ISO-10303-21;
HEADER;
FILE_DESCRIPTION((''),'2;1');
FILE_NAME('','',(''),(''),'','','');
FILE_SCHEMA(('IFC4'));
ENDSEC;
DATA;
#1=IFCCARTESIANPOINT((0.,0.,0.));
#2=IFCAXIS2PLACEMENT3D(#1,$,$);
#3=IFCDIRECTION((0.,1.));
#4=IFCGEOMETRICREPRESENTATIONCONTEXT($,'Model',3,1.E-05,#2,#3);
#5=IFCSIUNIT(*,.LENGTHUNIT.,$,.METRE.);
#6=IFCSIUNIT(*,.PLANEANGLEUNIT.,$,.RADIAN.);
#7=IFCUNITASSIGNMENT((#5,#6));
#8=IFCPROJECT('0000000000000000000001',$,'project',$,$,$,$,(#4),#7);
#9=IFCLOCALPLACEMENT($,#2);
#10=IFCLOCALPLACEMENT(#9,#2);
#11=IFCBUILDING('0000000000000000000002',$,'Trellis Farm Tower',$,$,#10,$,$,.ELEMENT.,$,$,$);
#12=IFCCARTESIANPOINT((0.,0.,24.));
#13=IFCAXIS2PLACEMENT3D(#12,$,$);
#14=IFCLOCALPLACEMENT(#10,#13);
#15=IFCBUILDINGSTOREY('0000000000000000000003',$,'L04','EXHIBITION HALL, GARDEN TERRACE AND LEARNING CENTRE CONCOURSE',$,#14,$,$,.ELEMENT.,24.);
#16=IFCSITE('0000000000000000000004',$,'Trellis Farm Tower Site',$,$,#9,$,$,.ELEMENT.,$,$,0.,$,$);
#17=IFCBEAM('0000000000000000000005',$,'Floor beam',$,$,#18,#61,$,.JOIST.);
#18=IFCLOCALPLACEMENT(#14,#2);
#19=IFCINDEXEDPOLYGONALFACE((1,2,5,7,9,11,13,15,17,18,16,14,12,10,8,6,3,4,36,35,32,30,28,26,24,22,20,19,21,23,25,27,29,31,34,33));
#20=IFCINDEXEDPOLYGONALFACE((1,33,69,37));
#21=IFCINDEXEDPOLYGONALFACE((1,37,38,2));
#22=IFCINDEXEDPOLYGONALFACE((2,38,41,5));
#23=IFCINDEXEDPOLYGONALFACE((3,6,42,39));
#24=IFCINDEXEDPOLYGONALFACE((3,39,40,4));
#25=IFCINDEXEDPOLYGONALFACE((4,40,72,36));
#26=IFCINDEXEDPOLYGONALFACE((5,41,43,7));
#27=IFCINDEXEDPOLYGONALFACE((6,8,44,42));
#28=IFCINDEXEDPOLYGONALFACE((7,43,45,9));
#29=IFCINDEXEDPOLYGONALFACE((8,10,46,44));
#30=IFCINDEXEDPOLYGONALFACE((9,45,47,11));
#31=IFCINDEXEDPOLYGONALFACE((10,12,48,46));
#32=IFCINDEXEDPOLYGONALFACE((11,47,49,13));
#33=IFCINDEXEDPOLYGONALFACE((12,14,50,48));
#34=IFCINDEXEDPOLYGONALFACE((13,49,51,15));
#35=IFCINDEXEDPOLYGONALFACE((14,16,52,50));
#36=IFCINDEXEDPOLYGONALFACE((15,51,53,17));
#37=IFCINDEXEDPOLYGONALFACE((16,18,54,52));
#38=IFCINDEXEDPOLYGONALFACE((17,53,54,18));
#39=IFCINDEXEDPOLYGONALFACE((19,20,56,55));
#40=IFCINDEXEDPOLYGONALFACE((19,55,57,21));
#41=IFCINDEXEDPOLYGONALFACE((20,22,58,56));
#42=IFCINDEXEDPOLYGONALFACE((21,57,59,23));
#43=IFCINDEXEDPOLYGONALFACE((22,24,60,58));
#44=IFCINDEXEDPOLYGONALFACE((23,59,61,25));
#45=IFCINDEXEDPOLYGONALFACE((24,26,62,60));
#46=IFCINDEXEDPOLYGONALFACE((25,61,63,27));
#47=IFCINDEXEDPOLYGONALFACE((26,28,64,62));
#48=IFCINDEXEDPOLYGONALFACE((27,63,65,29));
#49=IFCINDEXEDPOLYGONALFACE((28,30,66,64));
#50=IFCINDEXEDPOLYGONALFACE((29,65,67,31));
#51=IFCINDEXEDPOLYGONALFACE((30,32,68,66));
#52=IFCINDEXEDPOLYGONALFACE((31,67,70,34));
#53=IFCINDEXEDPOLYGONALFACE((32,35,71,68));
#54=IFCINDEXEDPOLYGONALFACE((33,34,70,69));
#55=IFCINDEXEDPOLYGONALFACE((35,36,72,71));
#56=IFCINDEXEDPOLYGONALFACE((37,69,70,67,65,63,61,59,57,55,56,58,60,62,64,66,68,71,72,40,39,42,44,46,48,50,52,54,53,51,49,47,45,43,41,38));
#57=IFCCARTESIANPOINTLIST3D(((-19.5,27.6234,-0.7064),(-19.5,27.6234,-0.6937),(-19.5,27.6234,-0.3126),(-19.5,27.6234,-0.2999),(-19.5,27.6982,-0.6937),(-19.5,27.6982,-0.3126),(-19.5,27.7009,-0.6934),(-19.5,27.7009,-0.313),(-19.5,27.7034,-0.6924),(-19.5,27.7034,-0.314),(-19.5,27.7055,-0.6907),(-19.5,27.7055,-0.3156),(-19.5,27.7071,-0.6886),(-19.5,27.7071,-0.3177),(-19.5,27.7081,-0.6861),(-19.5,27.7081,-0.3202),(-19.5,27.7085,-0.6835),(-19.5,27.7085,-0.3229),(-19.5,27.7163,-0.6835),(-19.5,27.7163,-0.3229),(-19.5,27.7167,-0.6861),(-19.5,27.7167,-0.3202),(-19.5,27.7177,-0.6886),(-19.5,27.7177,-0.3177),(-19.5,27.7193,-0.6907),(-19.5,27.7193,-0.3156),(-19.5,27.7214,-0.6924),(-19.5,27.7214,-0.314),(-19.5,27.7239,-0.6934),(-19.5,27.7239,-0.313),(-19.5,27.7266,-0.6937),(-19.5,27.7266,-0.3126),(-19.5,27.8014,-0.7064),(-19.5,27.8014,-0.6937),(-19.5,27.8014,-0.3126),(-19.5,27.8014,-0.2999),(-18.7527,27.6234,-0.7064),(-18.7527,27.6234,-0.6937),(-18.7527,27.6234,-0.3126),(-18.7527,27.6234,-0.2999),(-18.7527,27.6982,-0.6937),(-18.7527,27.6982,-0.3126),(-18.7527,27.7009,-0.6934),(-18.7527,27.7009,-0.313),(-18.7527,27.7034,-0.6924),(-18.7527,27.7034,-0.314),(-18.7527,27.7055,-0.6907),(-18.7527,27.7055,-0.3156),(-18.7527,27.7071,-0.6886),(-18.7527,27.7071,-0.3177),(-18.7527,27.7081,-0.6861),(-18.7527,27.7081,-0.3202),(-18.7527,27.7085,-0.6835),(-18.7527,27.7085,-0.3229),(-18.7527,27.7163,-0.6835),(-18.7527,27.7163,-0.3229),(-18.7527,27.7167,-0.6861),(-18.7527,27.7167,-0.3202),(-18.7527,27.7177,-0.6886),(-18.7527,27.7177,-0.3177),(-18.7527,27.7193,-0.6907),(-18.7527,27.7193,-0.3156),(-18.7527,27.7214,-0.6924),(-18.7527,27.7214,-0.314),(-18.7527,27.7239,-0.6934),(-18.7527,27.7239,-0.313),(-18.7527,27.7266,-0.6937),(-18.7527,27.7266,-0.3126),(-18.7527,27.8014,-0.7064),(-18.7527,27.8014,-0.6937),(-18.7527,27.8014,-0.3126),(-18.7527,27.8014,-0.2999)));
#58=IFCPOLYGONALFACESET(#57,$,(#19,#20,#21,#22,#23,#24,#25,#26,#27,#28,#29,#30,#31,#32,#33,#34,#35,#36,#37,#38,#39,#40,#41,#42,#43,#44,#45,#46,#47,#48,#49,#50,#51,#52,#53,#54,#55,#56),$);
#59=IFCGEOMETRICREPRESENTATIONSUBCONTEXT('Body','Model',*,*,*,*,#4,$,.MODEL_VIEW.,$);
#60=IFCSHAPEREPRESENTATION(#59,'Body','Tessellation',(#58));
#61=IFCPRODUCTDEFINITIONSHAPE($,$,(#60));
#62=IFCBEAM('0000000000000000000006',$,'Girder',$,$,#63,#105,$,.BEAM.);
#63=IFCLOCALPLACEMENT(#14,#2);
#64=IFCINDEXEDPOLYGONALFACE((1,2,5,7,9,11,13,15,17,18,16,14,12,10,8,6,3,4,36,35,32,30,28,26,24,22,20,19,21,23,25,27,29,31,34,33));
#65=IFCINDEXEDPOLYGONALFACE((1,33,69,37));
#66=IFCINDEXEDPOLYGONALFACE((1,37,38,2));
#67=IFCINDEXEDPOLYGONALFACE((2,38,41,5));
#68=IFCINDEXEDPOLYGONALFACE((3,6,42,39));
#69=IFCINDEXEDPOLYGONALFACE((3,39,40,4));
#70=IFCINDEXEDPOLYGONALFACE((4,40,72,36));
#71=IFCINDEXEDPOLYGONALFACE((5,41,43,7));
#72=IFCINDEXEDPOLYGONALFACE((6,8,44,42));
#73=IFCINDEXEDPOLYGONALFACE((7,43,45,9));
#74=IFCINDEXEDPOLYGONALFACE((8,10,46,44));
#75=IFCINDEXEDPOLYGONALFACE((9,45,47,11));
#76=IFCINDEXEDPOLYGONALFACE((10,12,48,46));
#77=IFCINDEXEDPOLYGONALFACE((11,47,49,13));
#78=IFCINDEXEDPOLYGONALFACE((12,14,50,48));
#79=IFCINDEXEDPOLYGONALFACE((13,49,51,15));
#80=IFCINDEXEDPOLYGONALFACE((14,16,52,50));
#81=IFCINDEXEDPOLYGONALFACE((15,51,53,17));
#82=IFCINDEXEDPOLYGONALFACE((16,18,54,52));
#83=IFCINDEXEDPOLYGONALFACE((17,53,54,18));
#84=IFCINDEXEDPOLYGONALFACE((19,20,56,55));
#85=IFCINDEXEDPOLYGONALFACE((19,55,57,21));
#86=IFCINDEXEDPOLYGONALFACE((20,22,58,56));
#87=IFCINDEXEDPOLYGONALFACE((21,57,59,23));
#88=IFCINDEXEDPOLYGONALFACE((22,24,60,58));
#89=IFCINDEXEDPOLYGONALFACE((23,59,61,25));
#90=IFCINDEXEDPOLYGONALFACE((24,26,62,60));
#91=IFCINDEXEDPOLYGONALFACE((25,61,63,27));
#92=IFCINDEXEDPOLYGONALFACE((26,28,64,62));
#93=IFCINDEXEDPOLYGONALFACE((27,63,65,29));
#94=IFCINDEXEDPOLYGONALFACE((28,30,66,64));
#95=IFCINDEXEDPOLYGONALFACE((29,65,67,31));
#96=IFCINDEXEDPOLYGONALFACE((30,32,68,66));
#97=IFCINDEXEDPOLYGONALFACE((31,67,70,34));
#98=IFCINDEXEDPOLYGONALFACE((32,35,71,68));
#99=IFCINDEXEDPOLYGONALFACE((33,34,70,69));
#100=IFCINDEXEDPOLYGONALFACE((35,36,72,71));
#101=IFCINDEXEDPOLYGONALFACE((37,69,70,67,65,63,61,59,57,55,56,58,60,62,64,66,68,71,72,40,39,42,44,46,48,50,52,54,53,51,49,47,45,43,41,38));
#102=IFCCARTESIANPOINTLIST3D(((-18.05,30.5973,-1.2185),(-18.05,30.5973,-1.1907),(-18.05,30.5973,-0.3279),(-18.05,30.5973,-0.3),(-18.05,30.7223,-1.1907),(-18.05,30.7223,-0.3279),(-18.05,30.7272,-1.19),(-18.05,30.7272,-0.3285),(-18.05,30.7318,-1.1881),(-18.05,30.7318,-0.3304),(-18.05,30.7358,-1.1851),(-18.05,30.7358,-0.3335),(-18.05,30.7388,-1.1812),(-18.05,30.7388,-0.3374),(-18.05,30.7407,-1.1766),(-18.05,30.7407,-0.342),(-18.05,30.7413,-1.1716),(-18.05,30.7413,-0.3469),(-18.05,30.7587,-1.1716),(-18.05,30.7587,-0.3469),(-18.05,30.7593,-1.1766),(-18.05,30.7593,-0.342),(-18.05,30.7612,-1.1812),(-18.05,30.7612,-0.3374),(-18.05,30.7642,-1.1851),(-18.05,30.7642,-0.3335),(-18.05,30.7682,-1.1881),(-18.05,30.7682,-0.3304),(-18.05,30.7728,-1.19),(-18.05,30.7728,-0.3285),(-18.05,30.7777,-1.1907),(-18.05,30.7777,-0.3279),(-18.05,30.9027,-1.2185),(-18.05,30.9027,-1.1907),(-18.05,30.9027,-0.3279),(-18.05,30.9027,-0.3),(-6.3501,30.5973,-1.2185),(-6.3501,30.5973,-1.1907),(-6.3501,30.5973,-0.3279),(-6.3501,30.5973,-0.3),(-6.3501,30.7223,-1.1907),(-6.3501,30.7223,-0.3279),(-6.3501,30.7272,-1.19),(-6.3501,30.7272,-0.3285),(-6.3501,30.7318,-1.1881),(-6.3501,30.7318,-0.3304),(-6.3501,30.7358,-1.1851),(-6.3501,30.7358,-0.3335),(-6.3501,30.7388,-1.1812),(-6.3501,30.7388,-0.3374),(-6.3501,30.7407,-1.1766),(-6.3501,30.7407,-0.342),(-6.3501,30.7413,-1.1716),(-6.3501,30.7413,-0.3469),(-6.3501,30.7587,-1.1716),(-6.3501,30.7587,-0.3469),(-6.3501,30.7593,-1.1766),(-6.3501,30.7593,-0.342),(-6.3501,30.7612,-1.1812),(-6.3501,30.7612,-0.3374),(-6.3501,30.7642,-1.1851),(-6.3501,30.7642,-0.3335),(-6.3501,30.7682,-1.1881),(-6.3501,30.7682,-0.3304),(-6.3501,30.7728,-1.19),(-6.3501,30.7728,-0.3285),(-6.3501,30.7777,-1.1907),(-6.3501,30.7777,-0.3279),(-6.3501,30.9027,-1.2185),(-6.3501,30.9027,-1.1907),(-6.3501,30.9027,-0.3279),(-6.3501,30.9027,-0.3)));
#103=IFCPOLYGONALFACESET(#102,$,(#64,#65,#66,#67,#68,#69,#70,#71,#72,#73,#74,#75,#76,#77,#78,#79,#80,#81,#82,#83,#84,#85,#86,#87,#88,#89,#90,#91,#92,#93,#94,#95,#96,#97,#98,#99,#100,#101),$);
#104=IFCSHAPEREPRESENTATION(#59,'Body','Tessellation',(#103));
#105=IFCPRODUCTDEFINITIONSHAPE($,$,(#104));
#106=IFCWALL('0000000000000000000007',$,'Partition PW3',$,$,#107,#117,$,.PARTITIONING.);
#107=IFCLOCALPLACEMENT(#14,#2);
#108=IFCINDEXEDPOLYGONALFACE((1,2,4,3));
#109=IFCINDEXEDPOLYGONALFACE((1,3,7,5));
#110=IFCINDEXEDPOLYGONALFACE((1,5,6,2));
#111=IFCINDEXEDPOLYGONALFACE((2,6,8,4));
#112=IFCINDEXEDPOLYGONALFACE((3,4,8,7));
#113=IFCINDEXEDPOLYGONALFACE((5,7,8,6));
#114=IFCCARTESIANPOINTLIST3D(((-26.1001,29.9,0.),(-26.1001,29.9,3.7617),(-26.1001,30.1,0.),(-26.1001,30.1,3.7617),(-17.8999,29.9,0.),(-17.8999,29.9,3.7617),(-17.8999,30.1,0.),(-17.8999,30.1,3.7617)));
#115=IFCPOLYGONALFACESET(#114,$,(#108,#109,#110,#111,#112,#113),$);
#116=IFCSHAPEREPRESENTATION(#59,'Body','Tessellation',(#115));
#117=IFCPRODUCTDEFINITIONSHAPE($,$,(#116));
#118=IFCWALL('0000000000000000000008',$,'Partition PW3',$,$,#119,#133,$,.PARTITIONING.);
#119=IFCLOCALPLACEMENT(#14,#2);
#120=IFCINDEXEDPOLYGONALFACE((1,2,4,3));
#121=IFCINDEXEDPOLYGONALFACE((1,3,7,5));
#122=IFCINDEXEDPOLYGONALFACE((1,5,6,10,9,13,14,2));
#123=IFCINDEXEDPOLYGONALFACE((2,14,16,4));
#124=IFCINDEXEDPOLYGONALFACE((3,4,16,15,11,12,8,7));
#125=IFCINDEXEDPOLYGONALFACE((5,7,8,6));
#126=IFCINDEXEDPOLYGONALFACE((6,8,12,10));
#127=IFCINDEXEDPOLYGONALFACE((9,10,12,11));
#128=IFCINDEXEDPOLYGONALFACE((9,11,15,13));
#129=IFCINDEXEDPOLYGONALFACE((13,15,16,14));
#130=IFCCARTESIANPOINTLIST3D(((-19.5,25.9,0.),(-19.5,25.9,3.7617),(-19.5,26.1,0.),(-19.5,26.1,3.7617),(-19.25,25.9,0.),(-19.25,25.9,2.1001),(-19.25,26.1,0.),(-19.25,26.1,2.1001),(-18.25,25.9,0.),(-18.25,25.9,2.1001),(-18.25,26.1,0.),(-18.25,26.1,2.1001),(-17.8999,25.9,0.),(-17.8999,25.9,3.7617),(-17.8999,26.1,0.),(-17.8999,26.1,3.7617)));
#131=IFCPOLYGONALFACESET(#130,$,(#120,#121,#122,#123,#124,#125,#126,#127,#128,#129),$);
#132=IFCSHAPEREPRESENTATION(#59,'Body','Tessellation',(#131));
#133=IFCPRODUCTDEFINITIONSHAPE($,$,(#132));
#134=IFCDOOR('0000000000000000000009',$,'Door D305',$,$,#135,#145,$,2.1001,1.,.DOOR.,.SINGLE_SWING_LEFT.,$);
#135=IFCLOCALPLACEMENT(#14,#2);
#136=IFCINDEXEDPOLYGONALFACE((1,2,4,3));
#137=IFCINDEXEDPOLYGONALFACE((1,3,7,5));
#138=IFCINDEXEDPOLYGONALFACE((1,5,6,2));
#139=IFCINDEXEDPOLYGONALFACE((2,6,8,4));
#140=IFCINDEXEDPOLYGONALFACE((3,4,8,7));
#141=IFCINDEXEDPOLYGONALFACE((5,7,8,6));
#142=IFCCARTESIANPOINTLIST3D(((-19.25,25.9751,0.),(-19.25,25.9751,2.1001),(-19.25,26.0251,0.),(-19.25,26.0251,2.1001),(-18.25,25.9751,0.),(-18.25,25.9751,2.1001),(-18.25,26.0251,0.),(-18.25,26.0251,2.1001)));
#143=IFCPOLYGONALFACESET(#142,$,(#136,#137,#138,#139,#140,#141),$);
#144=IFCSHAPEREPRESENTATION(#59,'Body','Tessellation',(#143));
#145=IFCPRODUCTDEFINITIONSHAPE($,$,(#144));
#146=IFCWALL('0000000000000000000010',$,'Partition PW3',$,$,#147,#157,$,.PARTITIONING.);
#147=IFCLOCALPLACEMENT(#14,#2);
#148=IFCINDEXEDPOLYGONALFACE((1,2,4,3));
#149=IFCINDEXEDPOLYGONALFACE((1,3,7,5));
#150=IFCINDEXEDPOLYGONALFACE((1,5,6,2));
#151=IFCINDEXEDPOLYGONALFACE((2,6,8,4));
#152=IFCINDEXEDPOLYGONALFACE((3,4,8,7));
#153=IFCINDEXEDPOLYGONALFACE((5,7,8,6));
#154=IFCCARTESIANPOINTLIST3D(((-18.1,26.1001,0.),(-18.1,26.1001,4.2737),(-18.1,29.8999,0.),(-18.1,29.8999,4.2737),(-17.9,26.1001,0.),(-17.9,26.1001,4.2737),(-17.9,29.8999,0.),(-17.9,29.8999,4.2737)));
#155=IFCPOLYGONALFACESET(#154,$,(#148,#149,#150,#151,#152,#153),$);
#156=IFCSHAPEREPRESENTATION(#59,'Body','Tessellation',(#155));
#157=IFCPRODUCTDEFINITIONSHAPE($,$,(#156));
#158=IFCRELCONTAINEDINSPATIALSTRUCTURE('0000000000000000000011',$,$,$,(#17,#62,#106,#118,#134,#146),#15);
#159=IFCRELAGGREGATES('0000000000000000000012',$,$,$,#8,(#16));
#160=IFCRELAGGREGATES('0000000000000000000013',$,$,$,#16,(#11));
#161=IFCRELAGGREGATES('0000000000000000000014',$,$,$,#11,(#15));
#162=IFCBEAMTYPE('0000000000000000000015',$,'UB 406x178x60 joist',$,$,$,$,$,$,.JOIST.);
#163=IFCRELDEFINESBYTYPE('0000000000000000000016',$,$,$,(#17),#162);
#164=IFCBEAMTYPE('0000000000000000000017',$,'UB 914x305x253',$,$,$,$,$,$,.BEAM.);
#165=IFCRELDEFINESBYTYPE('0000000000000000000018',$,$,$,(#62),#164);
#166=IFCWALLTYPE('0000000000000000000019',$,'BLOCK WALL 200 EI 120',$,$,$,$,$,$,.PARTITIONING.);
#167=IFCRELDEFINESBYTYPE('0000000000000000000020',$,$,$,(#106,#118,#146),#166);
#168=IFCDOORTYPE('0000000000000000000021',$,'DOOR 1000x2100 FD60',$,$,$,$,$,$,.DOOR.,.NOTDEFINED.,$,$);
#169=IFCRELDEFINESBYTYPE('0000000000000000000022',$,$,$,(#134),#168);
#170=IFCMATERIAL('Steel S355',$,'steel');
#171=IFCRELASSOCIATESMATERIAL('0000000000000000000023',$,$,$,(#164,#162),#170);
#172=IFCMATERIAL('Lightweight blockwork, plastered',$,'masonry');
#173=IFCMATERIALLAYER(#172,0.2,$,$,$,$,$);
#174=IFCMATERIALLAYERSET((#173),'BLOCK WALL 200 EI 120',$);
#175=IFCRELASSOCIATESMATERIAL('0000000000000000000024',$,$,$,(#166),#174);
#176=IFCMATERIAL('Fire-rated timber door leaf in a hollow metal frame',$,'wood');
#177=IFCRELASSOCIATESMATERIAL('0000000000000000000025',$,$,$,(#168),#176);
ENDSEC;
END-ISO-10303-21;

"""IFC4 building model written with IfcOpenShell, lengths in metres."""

from ifc_helpers import new_model, si_unit, direction, frame, frame_2d, origin, origin_2d, place, context, subcontext, project, spatial, rectangle, i_section, extrude, source, transform, mapped, material, layer, layer_set, material_profile, profile_set, type_object, element, fill, save


model = new_model("IFC4")

# Units and contexts
model_context = context("Model", 3, precision=1e-05, world=origin(), true_north=direction((0.0, 1.0)))
body_context = subcontext(model_context, "Body", "Model", "MODEL_VIEW")
ifc_project = project(units=[si_unit("LENGTHUNIT", "METRE"), si_unit("PLANEANGLEUNIT", "RADIAN")], contexts=[model_context])

# Site, building, storey
site_placement = place(None, origin())
site = spatial("IfcSite", under=ifc_project, at=site_placement, Name="Trellis Farm Tower Site", CompositionType="ELEMENT", RefElevation=0.0)
building_placement = place(site_placement, origin())
building = spatial("IfcBuilding", under=site, at=building_placement, Name="Trellis Farm Tower", CompositionType="ELEMENT")
storey_placement = place(building_placement, frame((0.0, 0.0, 24.0)))
storey = spatial("IfcBuildingStorey", under=building, at=storey_placement, Name="L04", Description="EXHIBITION HALL, GARDEN TERRACE AND LEARNING CENTRE CONCOURSE", CompositionType="ELEMENT", Elevation=24.0)

# Beams
ifc_material_1 = material(Name="Steel S355", Category="steel")
ifc_material_profile_1 = material_profile(ifc_material_1, i_section(OverallWidth=0.3054, OverallDepth=0.9185, WebThickness=0.0173, FlangeThickness=0.0278, FilletRadius=0.019, at=origin_2d()), Name="UB 914x305x253")
ifc_profile_set_1 = profile_set([ifc_material_profile_1], Name="Steel S355")
beam_type_1 = type_object("IfcBeamType", Name="UB 914x305x253", PredefinedType="BEAM", material=ifc_profile_set_1)
ifc_material_profile_2 = material_profile(ifc_material_1, i_section(OverallWidth=0.178, OverallDepth=0.4065, WebThickness=0.0078, FlangeThickness=0.0127, FilletRadius=0.0103, at=origin_2d()), Name="UB 406x178x60")
ifc_profile_set_2 = profile_set([ifc_material_profile_2], Name="Steel S355")
beam_type_2 = type_object("IfcBeamType", Name="UB 406x178x60 joist", PredefinedType="JOIST", material=ifc_profile_set_2)
shared_shape_1 = source(origin(), body_context, "Body", "SweptSolid", [
    extrude(i_section(OverallWidth=0.178, OverallDepth=0.4065, WebThickness=0.0078, FlangeThickness=0.0127, FilletRadius=0.0103, at=origin_2d()), origin(), (0.0, 0.0, 1.0), 0.7473),
])
for number, where, z_axis, x_axis, name in (
    (1, (-19.5, 27.7124, -0.5032), (1.0, 0.0, 0.0), (0.0, 1.0, 0.0), "Floor beam"),
):
    element("IfcBeam", number, at=place(storey_placement, frame(where, z_axis=z_axis, x_axis=x_axis)), inside=storey, type_object=beam_type_2, Name=name, PredefinedType="JOIST", context=body_context, shape_type="MappedRepresentation", body=[
        mapped(shared_shape_1, transform((0.0, 0.0, 0.0))),
    ])
shared_shape_2 = source(origin(), body_context, "Body", "SweptSolid", [
    extrude(i_section(OverallWidth=0.3054, OverallDepth=0.9185, WebThickness=0.0173, FlangeThickness=0.0278, FilletRadius=0.019, at=origin_2d()), origin(), (0.0, 0.0, 1.0), 11.7),
])
beam_1_placement = place(storey_placement, frame((-18.05, 30.75, -0.7593), z_axis=(1.0, 0.0, 0.0), x_axis=(0.0, 1.0, 0.0)))
element("IfcBeam", 2, at=beam_1_placement, inside=storey, type_object=beam_type_1, Name="Girder", PredefinedType="BEAM", context=body_context, shape_type="MappedRepresentation", body=[
    mapped(shared_shape_2, transform((0.0, 0.0, 0.0))),
])

# Wall
ifc_material_2 = material(Name="Lightweight blockwork, plastered", Category="masonry")
ifc_layer_1 = layer(ifc_material_2, 0.2)
ifc_layer_set_1 = layer_set([ifc_layer_1], Name="BLOCK WALL 200 EI 120")
wall_type_1 = type_object("IfcWallType", Name="BLOCK WALL 200 EI 120", PredefinedType="PARTITIONING", material=ifc_layer_set_1)
shared_shape_3 = source(origin(), body_context, "Body", "SweptSolid", [
    extrude(rectangle(XDim=8.2002, YDim=0.2, at=frame_2d((4.1001, 0.0))), origin(), (0.0, 0.0, 1.0), 3.7617),
])
wall_1_placement = place(storey_placement, frame((-17.8999, 30.0, 0.0), z_axis=(0.0, 0.0, 1.0), x_axis=(-1.0, 0.0, 0.0)))
element("IfcWall", 3, at=wall_1_placement, inside=storey, type_object=wall_type_1, Name="Partition PW3", PredefinedType="PARTITIONING", context=body_context, shape_type="MappedRepresentation", body=[
    mapped(shared_shape_3, transform((0.0, 0.0, 0.0))),
])

# Wall, opening, door
shared_shape_4 = source(origin(), body_context, "Body", "SweptSolid", [
    extrude(rectangle(XDim=1.6001, YDim=0.2, at=frame_2d((0.8, 0.0))), origin(), (0.0, 0.0, 1.0), 3.7617),
])
wall_2_placement = place(storey_placement, frame((-17.8999, 26.0, 0.0), z_axis=(0.0, 0.0, 1.0), x_axis=(-1.0, 0.0, 0.0)))
wall_2 = element("IfcWall", 4, at=wall_2_placement, inside=storey, type_object=wall_type_1, Name="Partition PW3", PredefinedType="PARTITIONING", context=body_context, shape_type="MappedRepresentation", body=[
    mapped(shared_shape_4, transform((0.0, 0.0, 0.0))),
])
shared_shape_5 = source(origin(), body_context, "Body", "SweptSolid", [
    extrude(rectangle(XDim=1.0, YDim=2.1001, at=frame_2d((0.5, 1.05))), frame((0.0, 0.1101, 0.0), z_axis=(0.0, -1.0, 0.0), x_axis=(1.0, 0.0, 0.0)), (0.0, 0.0, 1.0), 0.2202),
])
opening_1_placement = place(wall_2_placement, frame((0.3501, 0.0, 0.0)))
opening_1 = element("IfcOpeningElement", 5, at=opening_1_placement, cuts=wall_2, PredefinedType="OPENING", context=body_context, shape_type="MappedRepresentation", body=[
    mapped(shared_shape_5, transform((0.0, 0.0, 0.0))),
])
ifc_material_3 = material(Name="Fire-rated timber door leaf in a hollow metal frame", Category="wood")
door_type_1 = type_object("IfcDoorType", Name="DOOR 1000x2100 FD60", OperationType="NOTDEFINED", PredefinedType="DOOR", material=ifc_material_3)
shared_shape_6 = source(origin(), body_context, "Body", "SweptSolid", [
    extrude(rectangle(XDim=1.0, YDim=2.1001, at=frame_2d((0.5, 1.05))), frame((0.0, 0.0249, 0.0), z_axis=(0.0, -1.0, 0.0), x_axis=(1.0, 0.0, 0.0)), (0.0, 0.0, 1.0), 0.05),
])
door_1_placement = place(opening_1_placement, origin())
door_1 = element("IfcDoor", 6, at=door_1_placement, inside=storey, type_object=door_type_1, Name="Door D305", OperationType="SINGLE_SWING_LEFT", OverallHeight=2.1001, OverallWidth=1.0, PredefinedType="DOOR", context=body_context, shape_type="MappedRepresentation", body=[
    mapped(shared_shape_6, transform((0.0, 0.0, 0.0))),
])
fill(opening_1, door_1)

# Wall
shared_shape_7 = source(origin(), body_context, "Body", "SweptSolid", [
    extrude(rectangle(XDim=3.7998, YDim=0.2, at=frame_2d((1.8999, 0.0))), origin(), (0.0, 0.0, 1.0), 4.2737),
])
wall_3_placement = place(storey_placement, frame((-18.0, 26.1001, 0.0), z_axis=(0.0, 0.0, 1.0), x_axis=(0.0, 1.0, 0.0)))
element("IfcWall", 7, at=wall_3_placement, inside=storey, type_object=wall_type_1, Name="Partition PW3", PredefinedType="PARTITIONING", context=body_context, shape_type="MappedRepresentation", body=[
    mapped(shared_shape_7, transform((0.0, 0.0, 0.0))),
])

save(model, "model.ifc")
